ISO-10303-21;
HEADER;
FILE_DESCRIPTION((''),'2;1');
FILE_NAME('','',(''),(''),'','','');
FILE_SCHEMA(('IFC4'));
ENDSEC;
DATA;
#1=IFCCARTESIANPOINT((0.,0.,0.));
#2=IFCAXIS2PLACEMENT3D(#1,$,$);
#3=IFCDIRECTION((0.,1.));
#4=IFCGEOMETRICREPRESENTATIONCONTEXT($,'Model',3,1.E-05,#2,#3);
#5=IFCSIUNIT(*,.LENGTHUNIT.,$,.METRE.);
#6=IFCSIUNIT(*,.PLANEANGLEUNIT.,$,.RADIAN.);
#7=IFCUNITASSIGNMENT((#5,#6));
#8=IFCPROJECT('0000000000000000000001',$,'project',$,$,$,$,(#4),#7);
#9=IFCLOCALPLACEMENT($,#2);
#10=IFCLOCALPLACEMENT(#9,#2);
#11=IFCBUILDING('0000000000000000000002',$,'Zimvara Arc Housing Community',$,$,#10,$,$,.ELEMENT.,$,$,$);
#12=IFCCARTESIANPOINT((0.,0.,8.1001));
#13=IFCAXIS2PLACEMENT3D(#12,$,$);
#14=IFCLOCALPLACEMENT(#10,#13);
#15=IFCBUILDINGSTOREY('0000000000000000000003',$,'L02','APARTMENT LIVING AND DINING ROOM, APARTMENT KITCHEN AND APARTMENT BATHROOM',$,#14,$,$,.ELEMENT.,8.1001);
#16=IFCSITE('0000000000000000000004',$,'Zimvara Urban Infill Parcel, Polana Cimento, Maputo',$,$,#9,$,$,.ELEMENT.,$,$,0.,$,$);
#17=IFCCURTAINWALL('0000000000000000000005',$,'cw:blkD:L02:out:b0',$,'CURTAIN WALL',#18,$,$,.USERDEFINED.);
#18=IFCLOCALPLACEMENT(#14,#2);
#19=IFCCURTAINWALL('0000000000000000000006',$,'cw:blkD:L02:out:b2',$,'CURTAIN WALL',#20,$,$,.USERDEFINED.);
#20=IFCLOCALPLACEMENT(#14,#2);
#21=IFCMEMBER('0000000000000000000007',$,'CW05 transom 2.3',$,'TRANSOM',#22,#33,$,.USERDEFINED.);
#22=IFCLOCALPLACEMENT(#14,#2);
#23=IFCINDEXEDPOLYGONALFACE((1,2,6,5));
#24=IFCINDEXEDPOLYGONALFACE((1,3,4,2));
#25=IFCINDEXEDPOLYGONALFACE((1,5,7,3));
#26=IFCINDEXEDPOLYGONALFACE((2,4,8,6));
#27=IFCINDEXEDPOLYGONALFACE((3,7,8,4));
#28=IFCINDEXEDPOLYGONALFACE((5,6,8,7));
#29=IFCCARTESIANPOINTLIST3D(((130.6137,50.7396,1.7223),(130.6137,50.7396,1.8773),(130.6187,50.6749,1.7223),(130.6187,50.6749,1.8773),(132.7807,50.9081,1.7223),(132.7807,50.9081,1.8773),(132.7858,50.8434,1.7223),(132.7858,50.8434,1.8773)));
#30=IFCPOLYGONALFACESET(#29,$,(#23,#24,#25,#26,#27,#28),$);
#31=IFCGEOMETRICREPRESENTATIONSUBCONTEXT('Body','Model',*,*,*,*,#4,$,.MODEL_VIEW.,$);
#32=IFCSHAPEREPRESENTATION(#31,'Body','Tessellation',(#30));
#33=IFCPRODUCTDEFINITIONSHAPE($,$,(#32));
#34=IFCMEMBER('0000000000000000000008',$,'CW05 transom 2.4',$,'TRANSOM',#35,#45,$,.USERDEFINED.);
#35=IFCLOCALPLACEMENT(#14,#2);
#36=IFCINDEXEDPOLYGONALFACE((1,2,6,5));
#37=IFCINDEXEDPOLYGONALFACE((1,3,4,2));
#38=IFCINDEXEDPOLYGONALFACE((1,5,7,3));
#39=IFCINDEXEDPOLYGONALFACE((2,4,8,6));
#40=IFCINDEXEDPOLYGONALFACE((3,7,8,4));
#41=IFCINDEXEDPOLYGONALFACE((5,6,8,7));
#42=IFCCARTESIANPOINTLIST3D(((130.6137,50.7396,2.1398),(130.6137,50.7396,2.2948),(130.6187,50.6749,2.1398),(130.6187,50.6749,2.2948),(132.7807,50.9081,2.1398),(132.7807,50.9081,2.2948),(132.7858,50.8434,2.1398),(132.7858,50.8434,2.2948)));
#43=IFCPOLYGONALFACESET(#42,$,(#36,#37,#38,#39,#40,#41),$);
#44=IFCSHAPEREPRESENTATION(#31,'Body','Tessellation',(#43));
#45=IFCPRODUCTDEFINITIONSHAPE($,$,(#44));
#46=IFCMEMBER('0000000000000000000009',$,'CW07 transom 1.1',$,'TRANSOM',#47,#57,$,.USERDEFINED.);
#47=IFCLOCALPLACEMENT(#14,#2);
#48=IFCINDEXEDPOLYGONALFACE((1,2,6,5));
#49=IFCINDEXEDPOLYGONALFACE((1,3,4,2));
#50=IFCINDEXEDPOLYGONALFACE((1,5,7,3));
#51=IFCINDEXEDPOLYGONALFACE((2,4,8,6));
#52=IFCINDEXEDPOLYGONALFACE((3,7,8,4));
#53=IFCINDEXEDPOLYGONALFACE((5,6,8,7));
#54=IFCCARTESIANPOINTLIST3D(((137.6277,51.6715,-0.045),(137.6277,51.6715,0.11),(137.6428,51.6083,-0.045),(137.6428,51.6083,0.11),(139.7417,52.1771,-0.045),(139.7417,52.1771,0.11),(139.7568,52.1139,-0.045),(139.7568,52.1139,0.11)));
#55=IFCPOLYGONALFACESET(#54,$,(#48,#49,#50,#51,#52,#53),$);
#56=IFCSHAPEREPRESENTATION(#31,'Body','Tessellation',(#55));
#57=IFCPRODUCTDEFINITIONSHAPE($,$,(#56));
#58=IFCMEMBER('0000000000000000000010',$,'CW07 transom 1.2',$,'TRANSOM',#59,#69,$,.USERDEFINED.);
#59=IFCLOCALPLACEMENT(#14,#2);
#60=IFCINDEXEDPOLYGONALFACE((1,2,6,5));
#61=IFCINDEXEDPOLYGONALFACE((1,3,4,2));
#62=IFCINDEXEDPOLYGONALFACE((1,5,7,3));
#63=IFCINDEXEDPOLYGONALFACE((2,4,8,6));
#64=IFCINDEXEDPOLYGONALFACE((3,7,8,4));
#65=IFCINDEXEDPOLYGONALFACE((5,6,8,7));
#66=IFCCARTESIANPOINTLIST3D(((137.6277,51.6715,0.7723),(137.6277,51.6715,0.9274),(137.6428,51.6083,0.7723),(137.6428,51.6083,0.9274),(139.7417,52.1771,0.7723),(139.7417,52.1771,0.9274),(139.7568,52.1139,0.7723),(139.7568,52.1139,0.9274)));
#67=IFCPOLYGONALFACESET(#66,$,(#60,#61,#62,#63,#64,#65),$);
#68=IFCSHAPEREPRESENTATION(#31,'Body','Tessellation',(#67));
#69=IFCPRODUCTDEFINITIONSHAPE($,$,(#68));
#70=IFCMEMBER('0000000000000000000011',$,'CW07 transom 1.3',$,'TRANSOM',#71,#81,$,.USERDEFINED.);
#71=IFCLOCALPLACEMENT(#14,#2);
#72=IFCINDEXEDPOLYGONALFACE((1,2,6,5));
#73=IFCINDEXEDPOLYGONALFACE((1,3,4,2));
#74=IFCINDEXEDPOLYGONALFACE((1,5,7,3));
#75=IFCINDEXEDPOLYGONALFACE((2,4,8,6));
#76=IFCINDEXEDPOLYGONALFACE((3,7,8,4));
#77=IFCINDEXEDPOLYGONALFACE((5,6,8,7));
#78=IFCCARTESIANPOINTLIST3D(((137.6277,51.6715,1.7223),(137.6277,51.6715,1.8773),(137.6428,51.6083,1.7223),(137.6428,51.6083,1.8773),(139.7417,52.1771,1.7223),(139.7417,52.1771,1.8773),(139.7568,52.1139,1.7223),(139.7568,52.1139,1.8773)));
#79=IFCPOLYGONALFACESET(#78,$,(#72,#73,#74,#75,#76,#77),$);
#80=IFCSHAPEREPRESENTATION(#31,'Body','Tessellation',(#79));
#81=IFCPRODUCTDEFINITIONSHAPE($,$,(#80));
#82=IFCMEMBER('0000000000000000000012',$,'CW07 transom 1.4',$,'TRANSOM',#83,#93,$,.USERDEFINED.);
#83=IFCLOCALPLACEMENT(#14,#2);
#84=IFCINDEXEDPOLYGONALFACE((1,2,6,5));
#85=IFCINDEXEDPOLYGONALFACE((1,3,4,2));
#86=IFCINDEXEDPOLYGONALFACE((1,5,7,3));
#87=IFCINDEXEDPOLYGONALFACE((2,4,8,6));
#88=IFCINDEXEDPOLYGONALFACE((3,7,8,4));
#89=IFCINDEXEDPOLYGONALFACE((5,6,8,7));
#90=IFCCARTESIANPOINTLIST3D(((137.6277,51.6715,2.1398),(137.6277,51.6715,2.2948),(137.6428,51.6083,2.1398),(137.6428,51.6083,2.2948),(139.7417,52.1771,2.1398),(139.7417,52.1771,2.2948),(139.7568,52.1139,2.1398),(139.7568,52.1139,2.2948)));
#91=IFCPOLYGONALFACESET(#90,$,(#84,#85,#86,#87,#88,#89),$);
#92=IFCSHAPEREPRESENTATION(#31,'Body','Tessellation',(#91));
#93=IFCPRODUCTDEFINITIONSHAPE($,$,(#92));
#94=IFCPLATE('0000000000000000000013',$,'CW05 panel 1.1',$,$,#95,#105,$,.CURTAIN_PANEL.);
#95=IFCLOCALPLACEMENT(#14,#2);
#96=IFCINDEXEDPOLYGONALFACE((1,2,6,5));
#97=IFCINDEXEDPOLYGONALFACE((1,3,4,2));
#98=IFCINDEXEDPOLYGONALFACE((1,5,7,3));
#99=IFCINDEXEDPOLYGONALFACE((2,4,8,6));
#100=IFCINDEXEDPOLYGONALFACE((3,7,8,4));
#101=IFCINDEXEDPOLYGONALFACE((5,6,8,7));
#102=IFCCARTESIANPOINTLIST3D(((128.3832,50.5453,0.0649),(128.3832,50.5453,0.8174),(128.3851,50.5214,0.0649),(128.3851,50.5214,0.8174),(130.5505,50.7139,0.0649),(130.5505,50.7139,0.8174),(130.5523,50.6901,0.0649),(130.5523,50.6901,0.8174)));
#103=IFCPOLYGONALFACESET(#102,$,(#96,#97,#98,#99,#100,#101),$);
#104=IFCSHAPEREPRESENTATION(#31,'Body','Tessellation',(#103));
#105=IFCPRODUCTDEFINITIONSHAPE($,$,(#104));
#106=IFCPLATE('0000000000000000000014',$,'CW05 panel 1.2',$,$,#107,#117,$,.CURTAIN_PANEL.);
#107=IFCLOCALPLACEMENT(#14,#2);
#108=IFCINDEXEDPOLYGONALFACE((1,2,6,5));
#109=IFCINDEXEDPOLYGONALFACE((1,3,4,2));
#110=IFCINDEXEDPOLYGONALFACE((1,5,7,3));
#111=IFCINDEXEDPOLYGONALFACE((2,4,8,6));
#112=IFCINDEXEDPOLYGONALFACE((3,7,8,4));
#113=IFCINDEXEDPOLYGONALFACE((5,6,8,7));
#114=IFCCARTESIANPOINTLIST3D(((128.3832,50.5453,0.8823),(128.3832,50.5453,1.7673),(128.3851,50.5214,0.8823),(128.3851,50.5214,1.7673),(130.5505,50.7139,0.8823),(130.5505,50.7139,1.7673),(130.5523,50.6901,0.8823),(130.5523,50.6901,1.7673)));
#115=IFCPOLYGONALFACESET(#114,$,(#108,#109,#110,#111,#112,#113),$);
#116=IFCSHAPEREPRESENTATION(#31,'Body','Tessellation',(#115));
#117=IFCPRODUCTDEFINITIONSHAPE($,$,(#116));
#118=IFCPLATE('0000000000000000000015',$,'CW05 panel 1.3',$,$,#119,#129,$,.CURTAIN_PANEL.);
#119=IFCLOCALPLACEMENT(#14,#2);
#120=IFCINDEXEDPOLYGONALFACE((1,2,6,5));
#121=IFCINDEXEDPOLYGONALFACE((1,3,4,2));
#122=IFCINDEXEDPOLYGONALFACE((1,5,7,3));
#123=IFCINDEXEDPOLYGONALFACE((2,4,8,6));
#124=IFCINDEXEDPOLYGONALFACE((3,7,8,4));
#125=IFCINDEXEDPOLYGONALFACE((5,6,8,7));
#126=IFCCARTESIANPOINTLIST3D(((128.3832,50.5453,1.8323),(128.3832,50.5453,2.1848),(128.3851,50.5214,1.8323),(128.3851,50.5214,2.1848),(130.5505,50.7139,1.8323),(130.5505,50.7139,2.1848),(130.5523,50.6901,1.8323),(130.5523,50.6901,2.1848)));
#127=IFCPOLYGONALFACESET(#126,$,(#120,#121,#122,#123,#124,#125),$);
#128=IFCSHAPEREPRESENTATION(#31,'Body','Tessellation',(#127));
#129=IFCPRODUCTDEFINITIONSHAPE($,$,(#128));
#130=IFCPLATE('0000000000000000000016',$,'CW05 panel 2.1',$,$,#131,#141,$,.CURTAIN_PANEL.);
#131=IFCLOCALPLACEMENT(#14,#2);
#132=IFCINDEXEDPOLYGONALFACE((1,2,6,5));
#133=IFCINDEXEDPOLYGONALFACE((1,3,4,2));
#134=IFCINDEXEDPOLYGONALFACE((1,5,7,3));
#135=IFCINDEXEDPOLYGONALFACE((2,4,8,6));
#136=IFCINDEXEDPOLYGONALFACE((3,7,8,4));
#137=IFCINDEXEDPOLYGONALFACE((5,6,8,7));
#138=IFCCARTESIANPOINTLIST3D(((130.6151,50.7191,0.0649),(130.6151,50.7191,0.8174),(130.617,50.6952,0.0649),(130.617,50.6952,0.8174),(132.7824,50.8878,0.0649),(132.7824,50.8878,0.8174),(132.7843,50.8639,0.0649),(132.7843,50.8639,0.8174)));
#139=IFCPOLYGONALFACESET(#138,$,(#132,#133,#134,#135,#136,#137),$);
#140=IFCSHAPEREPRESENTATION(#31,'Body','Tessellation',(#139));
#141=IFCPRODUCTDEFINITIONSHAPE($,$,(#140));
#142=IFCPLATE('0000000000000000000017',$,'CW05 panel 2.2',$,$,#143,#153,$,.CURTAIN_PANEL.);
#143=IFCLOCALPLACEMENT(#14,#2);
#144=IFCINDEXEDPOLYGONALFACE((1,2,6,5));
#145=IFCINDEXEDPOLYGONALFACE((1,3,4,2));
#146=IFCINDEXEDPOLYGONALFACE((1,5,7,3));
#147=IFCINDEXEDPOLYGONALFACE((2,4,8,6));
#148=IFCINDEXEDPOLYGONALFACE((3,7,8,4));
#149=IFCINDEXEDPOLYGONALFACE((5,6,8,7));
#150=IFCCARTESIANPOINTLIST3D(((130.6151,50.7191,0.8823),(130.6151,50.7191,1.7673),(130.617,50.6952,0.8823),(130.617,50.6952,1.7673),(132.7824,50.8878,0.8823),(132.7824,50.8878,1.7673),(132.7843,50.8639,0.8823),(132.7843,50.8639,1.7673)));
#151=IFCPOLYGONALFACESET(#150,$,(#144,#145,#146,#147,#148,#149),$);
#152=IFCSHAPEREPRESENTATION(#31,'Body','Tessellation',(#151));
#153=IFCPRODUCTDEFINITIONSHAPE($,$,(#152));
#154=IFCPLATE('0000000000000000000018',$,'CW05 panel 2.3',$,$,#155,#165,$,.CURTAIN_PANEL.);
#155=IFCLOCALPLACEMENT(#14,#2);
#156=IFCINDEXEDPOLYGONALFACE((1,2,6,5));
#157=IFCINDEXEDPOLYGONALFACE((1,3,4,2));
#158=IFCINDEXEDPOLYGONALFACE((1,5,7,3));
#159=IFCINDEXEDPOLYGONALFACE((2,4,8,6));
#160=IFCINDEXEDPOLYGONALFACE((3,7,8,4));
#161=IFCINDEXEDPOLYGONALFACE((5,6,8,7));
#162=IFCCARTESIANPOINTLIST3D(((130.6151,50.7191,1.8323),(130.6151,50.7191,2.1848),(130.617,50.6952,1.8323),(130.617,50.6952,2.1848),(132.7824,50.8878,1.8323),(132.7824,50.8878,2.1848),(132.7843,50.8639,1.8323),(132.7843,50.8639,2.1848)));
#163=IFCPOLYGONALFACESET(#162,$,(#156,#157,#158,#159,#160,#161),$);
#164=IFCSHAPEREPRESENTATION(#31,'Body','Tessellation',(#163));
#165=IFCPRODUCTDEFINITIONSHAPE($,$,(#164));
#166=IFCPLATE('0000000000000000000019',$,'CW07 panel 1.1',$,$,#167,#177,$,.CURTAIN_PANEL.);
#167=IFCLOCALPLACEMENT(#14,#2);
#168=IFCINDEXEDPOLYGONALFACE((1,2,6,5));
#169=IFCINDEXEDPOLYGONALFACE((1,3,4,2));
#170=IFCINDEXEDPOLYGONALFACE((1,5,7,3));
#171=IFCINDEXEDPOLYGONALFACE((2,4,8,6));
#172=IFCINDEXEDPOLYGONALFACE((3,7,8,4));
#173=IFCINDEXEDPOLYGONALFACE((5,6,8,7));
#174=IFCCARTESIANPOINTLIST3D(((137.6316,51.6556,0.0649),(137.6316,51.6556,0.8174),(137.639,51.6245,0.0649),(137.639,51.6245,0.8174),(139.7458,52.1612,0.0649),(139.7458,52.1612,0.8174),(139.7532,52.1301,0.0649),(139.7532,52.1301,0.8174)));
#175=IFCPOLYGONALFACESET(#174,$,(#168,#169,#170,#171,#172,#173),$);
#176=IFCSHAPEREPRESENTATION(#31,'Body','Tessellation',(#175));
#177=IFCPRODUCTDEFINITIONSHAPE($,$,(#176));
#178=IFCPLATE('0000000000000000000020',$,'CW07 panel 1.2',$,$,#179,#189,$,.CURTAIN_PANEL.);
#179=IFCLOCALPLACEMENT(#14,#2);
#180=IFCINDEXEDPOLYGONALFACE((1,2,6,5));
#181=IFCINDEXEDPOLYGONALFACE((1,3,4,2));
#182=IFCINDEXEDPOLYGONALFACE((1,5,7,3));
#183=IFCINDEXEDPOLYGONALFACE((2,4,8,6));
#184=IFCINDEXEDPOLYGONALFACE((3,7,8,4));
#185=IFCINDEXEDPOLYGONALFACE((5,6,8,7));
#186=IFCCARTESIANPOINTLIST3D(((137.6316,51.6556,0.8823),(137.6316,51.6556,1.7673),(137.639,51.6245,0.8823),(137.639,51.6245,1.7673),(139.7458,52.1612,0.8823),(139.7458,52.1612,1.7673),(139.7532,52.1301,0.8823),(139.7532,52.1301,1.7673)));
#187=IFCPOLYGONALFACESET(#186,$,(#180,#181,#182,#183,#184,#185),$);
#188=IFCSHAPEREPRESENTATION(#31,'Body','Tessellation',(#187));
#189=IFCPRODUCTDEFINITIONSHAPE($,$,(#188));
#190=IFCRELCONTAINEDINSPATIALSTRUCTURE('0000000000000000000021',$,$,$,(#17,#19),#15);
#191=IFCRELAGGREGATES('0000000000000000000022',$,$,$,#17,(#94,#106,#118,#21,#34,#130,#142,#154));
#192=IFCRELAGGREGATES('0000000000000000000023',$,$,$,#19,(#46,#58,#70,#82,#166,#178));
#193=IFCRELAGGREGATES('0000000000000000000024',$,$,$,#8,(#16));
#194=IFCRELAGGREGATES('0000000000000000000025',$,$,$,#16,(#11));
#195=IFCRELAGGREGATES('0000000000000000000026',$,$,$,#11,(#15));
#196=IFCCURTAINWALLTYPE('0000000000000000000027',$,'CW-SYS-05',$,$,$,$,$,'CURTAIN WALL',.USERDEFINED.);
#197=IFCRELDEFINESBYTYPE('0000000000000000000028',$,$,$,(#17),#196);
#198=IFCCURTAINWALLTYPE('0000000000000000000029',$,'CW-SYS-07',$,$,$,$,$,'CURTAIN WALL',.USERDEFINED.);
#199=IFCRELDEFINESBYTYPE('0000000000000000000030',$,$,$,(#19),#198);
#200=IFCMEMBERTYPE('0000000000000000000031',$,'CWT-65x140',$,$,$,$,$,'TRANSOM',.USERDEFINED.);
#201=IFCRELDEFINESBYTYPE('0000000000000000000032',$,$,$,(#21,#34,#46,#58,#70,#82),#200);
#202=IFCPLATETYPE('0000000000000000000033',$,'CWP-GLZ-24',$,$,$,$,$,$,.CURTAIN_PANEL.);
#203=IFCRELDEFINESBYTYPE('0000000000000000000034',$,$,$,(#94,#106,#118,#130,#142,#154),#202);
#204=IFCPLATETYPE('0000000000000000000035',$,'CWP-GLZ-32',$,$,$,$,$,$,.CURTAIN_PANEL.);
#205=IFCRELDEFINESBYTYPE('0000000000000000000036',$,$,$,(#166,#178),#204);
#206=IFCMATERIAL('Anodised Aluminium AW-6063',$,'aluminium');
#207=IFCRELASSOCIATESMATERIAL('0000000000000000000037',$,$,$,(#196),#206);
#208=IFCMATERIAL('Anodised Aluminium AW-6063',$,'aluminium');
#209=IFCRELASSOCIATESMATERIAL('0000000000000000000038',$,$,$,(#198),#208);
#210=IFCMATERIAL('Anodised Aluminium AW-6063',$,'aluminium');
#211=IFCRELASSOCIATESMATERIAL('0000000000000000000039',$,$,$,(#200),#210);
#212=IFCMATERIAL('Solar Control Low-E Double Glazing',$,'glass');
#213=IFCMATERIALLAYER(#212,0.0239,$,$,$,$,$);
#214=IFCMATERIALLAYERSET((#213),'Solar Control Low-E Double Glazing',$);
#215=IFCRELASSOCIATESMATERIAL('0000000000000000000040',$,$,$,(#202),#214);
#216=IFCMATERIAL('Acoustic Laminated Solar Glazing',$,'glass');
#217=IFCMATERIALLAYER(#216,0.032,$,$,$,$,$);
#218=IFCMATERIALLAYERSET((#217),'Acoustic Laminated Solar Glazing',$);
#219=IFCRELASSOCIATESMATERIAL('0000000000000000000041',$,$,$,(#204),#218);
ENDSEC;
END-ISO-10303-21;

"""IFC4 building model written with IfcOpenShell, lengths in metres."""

from ifc_helpers import new_model, si_unit, direction, frame, origin, origin_2d, place, context, subcontext, project, spatial, rectangle, extrude, material, layer, layer_set, material_profile, profile_set, type_object, element, aggregate, save


model = new_model("IFC4")

# Units and contexts
model_context = context("Model", 3, precision=1e-05, world=origin(), true_north=direction((0.0, 1.0)))
body_context = subcontext(model_context, "Body", "Model", "MODEL_VIEW")
ifc_project = project(units=[si_unit("LENGTHUNIT", "METRE"), si_unit("PLANEANGLEUNIT", "RADIAN")], contexts=[model_context])

# Site, building, storey
site_placement = place(None, origin())
site = spatial("IfcSite", under=ifc_project, at=site_placement, Name="Zimvara Urban Infill Parcel, Polana Cimento, Maputo", CompositionType="ELEMENT", RefElevation=0.0)
building_placement = place(site_placement, origin())
building = spatial("IfcBuilding", under=site, at=building_placement, Name="Zimvara Arc Housing Community", CompositionType="ELEMENT")
storey_placement = place(building_placement, frame((0.0, 0.0, 8.1001)))
storey = spatial("IfcBuildingStorey", under=building, at=storey_placement, Name="L02", Description="APARTMENT LIVING AND DINING ROOM, APARTMENT KITCHEN AND APARTMENT BATHROOM", CompositionType="ELEMENT", Elevation=8.1001)

# Curtain wall
ifc_material_1 = material(Name="Anodised Aluminium AW-6063", Category="aluminium")
curtain_wall_type_1 = type_object("IfcCurtainWallType", Name="CW-SYS-05", ElementType="CURTAIN WALL", PredefinedType="USERDEFINED", material=ifc_material_1)
curtain_wall_1_placement = place(storey_placement, origin())
curtain_wall_1 = element("IfcCurtainWall", 1, at=curtain_wall_1_placement, inside=storey, type_object=curtain_wall_type_1, Name="cw:blkD:L02:out:b0", ObjectType="CURTAIN WALL", PredefinedType="USERDEFINED")

# Curtain wall
ifc_material_2 = material(Name="Anodised Aluminium AW-6063", Category="aluminium")
curtain_wall_type_2 = type_object("IfcCurtainWallType", Name="CW-SYS-07", ElementType="CURTAIN WALL", PredefinedType="USERDEFINED", material=ifc_material_2)
curtain_wall_2_placement = place(storey_placement, origin())
curtain_wall_2 = element("IfcCurtainWall", 2, at=curtain_wall_2_placement, inside=storey, type_object=curtain_wall_type_2, Name="cw:blkD:L02:out:b2", ObjectType="CURTAIN WALL", PredefinedType="USERDEFINED")

# Members
ifc_material_3 = material(Name="Anodised Aluminium AW-6063", Category="aluminium")
ifc_material_profile_1 = material_profile(ifc_material_3, rectangle(XDim=0.0649, YDim=0.155, at=origin_2d()), Name="ALU 65x155")
ifc_profile_set_1 = profile_set([ifc_material_profile_1], Name="Anodised Aluminium AW-6063")
member_type_1 = type_object("IfcMemberType", Name="CWT-65x140", ElementType="TRANSOM", PredefinedType="USERDEFINED", material=ifc_profile_set_1)
member_1_placement = place(storey_placement, frame((130.6162, 50.7073, 1.7998), z_axis=(0.996992, 0.077504, 0.0), x_axis=(-0.077504, 0.996992, 0.0)))
member_1 = element("IfcMember", 3, at=member_1_placement, type_object=member_type_1, Name="CW05 transom 2.3", ObjectType="TRANSOM", PredefinedType="USERDEFINED", context=body_context, shape_type="SweptSolid", body=[
    extrude(rectangle(XDim=0.0649, YDim=0.155, at=origin_2d()), origin(), (0.0, 0.0, 1.0), 2.1736),
])
member_2_placement = place(storey_placement, frame((130.6162, 50.7073, 2.2173), z_axis=(0.996992, 0.077504, 0.0), x_axis=(-0.077504, 0.996992, 0.0)))
member_2 = element("IfcMember", 4, at=member_2_placement, type_object=member_type_1, Name="CW05 transom 2.4", ObjectType="TRANSOM", PredefinedType="USERDEFINED", context=body_context, shape_type="SweptSolid", body=[
    extrude(rectangle(XDim=0.0649, YDim=0.155, at=origin_2d()), origin(), (0.0, 0.0, 1.0), 2.1736),
])
member_3_placement = place(storey_placement, frame((137.6353, 51.6399, 0.0325), z_axis=(0.97257, 0.232612, 0.0), x_axis=(-0.232612, 0.97257, 0.0)))
member_3 = element("IfcMember", 5, at=member_3_placement, type_object=member_type_1, Name="CW07 transom 1.1", ObjectType="TRANSOM", PredefinedType="USERDEFINED", context=body_context, shape_type="SweptSolid", body=[
    extrude(rectangle(XDim=0.0649, YDim=0.155, at=origin_2d()), origin(), (0.0, 0.0, 1.0), 2.1736),
])
member_4_placement = place(storey_placement, frame((137.6353, 51.6399, 0.8499), z_axis=(0.97257, 0.232612, 0.0), x_axis=(-0.232612, 0.97257, 0.0)))
member_4 = element("IfcMember", 6, at=member_4_placement, type_object=member_type_1, Name="CW07 transom 1.2", ObjectType="TRANSOM", PredefinedType="USERDEFINED", context=body_context, shape_type="SweptSolid", body=[
    extrude(rectangle(XDim=0.0649, YDim=0.155, at=origin_2d()), origin(), (0.0, 0.0, 1.0), 2.1736),
])
member_5_placement = place(storey_placement, frame((137.6353, 51.6399, 1.7998), z_axis=(0.97257, 0.232612, 0.0), x_axis=(-0.232612, 0.97257, 0.0)))
member_5 = element("IfcMember", 7, at=member_5_placement, type_object=member_type_1, Name="CW07 transom 1.3", ObjectType="TRANSOM", PredefinedType="USERDEFINED", context=body_context, shape_type="SweptSolid", body=[
    extrude(rectangle(XDim=0.0649, YDim=0.155, at=origin_2d()), origin(), (0.0, 0.0, 1.0), 2.1736),
])
member_6_placement = place(storey_placement, frame((137.6353, 51.6399, 2.2173), z_axis=(0.97257, 0.232612, 0.0), x_axis=(-0.232612, 0.97257, 0.0)))
member_6 = element("IfcMember", 8, at=member_6_placement, type_object=member_type_1, Name="CW07 transom 1.4", ObjectType="TRANSOM", PredefinedType="USERDEFINED", context=body_context, shape_type="SweptSolid", body=[
    extrude(rectangle(XDim=0.0649, YDim=0.155, at=origin_2d()), origin(), (0.0, 0.0, 1.0), 2.1736),
])

# Plates
ifc_material_4 = material(Name="Solar Control Low-E Double Glazing", Category="glass")
ifc_layer_1 = layer(ifc_material_4, 0.0239)
ifc_layer_set_1 = layer_set([ifc_layer_1], Name="Solar Control Low-E Double Glazing")
plate_type_1 = type_object("IfcPlateType", Name="CWP-GLZ-24", PredefinedType="CURTAIN_PANEL", material=ifc_layer_set_1)
plate_1_placement = place(storey_placement, frame((129.4678, 50.6177, 0.0649), z_axis=(0.0, 0.0, 1.0), x_axis=(0.996985, 0.07759, 0.0)))
plate_1 = element("IfcPlate", 9, at=plate_1_placement, type_object=plate_type_1, Name="CW05 panel 1.1", PredefinedType="CURTAIN_PANEL", context=body_context, shape_type="SweptSolid", body=[
    extrude(rectangle(XDim=2.1738, YDim=0.0239, at=origin_2d()), origin(), (0.0, 0.0, 1.0), 0.7524),
])
plate_2_placement = place(storey_placement, frame((129.4678, 50.6177, 0.8823), z_axis=(0.0, 0.0, 1.0), x_axis=(0.996985, 0.07759, 0.0)))
plate_2 = element("IfcPlate", 10, at=plate_2_placement, type_object=plate_type_1, Name="CW05 panel 1.2", PredefinedType="CURTAIN_PANEL", context=body_context, shape_type="SweptSolid", body=[
    extrude(rectangle(XDim=2.1738, YDim=0.0239, at=origin_2d()), origin(), (0.0, 0.0, 1.0), 0.885),
])
plate_3_placement = place(storey_placement, frame((129.4678, 50.6177, 1.8323), z_axis=(0.0, 0.0, 1.0), x_axis=(0.996985, 0.07759, 0.0)))
plate_3 = element("IfcPlate", 11, at=plate_3_placement, type_object=plate_type_1, Name="CW05 panel 1.3", PredefinedType="CURTAIN_PANEL", context=body_context, shape_type="SweptSolid", body=[
    extrude(rectangle(XDim=2.1738, YDim=0.0239, at=origin_2d()), origin(), (0.0, 0.0, 1.0), 0.3525),
])
plate_4_placement = place(storey_placement, frame((131.6997, 50.7915, 0.0649), z_axis=(0.0, 0.0, 1.0), x_axis=(0.996985, 0.07759, 0.0)))
plate_4 = element("IfcPlate", 12, at=plate_4_placement, type_object=plate_type_1, Name="CW05 panel 2.1", PredefinedType="CURTAIN_PANEL", context=body_context, shape_type="SweptSolid", body=[
    extrude(rectangle(XDim=2.1738, YDim=0.0239, at=origin_2d()), origin(), (0.0, 0.0, 1.0), 0.7524),
])
plate_5_placement = place(storey_placement, frame((131.6997, 50.7915, 0.8823), z_axis=(0.0, 0.0, 1.0), x_axis=(0.996985, 0.07759, 0.0)))
plate_5 = element("IfcPlate", 13, at=plate_5_placement, type_object=plate_type_1, Name="CW05 panel 2.2", PredefinedType="CURTAIN_PANEL", context=body_context, shape_type="SweptSolid", body=[
    extrude(rectangle(XDim=2.1738, YDim=0.0239, at=origin_2d()), origin(), (0.0, 0.0, 1.0), 0.885),
])
plate_6_placement = place(storey_placement, frame((131.6997, 50.7915, 1.8323), z_axis=(0.0, 0.0, 1.0), x_axis=(0.996985, 0.07759, 0.0)))
plate_6 = element("IfcPlate", 14, at=plate_6_placement, type_object=plate_type_1, Name="CW05 panel 2.3", PredefinedType="CURTAIN_PANEL", context=body_context, shape_type="SweptSolid", body=[
    extrude(rectangle(XDim=2.1738, YDim=0.0239, at=origin_2d()), origin(), (0.0, 0.0, 1.0), 0.3525),
])
aggregate(curtain_wall_1, [plate_1, plate_2, plate_3, member_1, member_2, plate_4, plate_5, plate_6])
ifc_material_5 = material(Name="Acoustic Laminated Solar Glazing", Category="glass")
ifc_layer_2 = layer(ifc_material_5, 0.032)
ifc_layer_set_2 = layer_set([ifc_layer_2], Name="Acoustic Laminated Solar Glazing")
plate_type_2 = type_object("IfcPlateType", Name="CWP-GLZ-32", PredefinedType="CURTAIN_PANEL", material=ifc_layer_set_2)
plate_7_placement = place(storey_placement, frame((138.6924, 51.8928, 0.0649), z_axis=(0.0, 0.0, 1.0), x_axis=(0.972573, 0.232597, 0.0)))
plate_7 = element("IfcPlate", 15, at=plate_7_placement, type_object=plate_type_2, Name="CW07 panel 1.1", PredefinedType="CURTAIN_PANEL", context=body_context, shape_type="SweptSolid", body=[
    extrude(rectangle(XDim=2.1738, YDim=0.032, at=origin_2d()), origin(), (0.0, 0.0, 1.0), 0.7524),
])
plate_8_placement = place(storey_placement, frame((138.6924, 51.8928, 0.8823), z_axis=(0.0, 0.0, 1.0), x_axis=(0.972573, 0.232597, 0.0)))
plate_8 = element("IfcPlate", 16, at=plate_8_placement, type_object=plate_type_2, Name="CW07 panel 1.2", PredefinedType="CURTAIN_PANEL", context=body_context, shape_type="SweptSolid", body=[
    extrude(rectangle(XDim=2.1738, YDim=0.032, at=origin_2d()), origin(), (0.0, 0.0, 1.0), 0.885),
])
aggregate(curtain_wall_2, [member_3, member_4, member_5, member_6, plate_7, plate_8])

save(model, "model.ifc")
